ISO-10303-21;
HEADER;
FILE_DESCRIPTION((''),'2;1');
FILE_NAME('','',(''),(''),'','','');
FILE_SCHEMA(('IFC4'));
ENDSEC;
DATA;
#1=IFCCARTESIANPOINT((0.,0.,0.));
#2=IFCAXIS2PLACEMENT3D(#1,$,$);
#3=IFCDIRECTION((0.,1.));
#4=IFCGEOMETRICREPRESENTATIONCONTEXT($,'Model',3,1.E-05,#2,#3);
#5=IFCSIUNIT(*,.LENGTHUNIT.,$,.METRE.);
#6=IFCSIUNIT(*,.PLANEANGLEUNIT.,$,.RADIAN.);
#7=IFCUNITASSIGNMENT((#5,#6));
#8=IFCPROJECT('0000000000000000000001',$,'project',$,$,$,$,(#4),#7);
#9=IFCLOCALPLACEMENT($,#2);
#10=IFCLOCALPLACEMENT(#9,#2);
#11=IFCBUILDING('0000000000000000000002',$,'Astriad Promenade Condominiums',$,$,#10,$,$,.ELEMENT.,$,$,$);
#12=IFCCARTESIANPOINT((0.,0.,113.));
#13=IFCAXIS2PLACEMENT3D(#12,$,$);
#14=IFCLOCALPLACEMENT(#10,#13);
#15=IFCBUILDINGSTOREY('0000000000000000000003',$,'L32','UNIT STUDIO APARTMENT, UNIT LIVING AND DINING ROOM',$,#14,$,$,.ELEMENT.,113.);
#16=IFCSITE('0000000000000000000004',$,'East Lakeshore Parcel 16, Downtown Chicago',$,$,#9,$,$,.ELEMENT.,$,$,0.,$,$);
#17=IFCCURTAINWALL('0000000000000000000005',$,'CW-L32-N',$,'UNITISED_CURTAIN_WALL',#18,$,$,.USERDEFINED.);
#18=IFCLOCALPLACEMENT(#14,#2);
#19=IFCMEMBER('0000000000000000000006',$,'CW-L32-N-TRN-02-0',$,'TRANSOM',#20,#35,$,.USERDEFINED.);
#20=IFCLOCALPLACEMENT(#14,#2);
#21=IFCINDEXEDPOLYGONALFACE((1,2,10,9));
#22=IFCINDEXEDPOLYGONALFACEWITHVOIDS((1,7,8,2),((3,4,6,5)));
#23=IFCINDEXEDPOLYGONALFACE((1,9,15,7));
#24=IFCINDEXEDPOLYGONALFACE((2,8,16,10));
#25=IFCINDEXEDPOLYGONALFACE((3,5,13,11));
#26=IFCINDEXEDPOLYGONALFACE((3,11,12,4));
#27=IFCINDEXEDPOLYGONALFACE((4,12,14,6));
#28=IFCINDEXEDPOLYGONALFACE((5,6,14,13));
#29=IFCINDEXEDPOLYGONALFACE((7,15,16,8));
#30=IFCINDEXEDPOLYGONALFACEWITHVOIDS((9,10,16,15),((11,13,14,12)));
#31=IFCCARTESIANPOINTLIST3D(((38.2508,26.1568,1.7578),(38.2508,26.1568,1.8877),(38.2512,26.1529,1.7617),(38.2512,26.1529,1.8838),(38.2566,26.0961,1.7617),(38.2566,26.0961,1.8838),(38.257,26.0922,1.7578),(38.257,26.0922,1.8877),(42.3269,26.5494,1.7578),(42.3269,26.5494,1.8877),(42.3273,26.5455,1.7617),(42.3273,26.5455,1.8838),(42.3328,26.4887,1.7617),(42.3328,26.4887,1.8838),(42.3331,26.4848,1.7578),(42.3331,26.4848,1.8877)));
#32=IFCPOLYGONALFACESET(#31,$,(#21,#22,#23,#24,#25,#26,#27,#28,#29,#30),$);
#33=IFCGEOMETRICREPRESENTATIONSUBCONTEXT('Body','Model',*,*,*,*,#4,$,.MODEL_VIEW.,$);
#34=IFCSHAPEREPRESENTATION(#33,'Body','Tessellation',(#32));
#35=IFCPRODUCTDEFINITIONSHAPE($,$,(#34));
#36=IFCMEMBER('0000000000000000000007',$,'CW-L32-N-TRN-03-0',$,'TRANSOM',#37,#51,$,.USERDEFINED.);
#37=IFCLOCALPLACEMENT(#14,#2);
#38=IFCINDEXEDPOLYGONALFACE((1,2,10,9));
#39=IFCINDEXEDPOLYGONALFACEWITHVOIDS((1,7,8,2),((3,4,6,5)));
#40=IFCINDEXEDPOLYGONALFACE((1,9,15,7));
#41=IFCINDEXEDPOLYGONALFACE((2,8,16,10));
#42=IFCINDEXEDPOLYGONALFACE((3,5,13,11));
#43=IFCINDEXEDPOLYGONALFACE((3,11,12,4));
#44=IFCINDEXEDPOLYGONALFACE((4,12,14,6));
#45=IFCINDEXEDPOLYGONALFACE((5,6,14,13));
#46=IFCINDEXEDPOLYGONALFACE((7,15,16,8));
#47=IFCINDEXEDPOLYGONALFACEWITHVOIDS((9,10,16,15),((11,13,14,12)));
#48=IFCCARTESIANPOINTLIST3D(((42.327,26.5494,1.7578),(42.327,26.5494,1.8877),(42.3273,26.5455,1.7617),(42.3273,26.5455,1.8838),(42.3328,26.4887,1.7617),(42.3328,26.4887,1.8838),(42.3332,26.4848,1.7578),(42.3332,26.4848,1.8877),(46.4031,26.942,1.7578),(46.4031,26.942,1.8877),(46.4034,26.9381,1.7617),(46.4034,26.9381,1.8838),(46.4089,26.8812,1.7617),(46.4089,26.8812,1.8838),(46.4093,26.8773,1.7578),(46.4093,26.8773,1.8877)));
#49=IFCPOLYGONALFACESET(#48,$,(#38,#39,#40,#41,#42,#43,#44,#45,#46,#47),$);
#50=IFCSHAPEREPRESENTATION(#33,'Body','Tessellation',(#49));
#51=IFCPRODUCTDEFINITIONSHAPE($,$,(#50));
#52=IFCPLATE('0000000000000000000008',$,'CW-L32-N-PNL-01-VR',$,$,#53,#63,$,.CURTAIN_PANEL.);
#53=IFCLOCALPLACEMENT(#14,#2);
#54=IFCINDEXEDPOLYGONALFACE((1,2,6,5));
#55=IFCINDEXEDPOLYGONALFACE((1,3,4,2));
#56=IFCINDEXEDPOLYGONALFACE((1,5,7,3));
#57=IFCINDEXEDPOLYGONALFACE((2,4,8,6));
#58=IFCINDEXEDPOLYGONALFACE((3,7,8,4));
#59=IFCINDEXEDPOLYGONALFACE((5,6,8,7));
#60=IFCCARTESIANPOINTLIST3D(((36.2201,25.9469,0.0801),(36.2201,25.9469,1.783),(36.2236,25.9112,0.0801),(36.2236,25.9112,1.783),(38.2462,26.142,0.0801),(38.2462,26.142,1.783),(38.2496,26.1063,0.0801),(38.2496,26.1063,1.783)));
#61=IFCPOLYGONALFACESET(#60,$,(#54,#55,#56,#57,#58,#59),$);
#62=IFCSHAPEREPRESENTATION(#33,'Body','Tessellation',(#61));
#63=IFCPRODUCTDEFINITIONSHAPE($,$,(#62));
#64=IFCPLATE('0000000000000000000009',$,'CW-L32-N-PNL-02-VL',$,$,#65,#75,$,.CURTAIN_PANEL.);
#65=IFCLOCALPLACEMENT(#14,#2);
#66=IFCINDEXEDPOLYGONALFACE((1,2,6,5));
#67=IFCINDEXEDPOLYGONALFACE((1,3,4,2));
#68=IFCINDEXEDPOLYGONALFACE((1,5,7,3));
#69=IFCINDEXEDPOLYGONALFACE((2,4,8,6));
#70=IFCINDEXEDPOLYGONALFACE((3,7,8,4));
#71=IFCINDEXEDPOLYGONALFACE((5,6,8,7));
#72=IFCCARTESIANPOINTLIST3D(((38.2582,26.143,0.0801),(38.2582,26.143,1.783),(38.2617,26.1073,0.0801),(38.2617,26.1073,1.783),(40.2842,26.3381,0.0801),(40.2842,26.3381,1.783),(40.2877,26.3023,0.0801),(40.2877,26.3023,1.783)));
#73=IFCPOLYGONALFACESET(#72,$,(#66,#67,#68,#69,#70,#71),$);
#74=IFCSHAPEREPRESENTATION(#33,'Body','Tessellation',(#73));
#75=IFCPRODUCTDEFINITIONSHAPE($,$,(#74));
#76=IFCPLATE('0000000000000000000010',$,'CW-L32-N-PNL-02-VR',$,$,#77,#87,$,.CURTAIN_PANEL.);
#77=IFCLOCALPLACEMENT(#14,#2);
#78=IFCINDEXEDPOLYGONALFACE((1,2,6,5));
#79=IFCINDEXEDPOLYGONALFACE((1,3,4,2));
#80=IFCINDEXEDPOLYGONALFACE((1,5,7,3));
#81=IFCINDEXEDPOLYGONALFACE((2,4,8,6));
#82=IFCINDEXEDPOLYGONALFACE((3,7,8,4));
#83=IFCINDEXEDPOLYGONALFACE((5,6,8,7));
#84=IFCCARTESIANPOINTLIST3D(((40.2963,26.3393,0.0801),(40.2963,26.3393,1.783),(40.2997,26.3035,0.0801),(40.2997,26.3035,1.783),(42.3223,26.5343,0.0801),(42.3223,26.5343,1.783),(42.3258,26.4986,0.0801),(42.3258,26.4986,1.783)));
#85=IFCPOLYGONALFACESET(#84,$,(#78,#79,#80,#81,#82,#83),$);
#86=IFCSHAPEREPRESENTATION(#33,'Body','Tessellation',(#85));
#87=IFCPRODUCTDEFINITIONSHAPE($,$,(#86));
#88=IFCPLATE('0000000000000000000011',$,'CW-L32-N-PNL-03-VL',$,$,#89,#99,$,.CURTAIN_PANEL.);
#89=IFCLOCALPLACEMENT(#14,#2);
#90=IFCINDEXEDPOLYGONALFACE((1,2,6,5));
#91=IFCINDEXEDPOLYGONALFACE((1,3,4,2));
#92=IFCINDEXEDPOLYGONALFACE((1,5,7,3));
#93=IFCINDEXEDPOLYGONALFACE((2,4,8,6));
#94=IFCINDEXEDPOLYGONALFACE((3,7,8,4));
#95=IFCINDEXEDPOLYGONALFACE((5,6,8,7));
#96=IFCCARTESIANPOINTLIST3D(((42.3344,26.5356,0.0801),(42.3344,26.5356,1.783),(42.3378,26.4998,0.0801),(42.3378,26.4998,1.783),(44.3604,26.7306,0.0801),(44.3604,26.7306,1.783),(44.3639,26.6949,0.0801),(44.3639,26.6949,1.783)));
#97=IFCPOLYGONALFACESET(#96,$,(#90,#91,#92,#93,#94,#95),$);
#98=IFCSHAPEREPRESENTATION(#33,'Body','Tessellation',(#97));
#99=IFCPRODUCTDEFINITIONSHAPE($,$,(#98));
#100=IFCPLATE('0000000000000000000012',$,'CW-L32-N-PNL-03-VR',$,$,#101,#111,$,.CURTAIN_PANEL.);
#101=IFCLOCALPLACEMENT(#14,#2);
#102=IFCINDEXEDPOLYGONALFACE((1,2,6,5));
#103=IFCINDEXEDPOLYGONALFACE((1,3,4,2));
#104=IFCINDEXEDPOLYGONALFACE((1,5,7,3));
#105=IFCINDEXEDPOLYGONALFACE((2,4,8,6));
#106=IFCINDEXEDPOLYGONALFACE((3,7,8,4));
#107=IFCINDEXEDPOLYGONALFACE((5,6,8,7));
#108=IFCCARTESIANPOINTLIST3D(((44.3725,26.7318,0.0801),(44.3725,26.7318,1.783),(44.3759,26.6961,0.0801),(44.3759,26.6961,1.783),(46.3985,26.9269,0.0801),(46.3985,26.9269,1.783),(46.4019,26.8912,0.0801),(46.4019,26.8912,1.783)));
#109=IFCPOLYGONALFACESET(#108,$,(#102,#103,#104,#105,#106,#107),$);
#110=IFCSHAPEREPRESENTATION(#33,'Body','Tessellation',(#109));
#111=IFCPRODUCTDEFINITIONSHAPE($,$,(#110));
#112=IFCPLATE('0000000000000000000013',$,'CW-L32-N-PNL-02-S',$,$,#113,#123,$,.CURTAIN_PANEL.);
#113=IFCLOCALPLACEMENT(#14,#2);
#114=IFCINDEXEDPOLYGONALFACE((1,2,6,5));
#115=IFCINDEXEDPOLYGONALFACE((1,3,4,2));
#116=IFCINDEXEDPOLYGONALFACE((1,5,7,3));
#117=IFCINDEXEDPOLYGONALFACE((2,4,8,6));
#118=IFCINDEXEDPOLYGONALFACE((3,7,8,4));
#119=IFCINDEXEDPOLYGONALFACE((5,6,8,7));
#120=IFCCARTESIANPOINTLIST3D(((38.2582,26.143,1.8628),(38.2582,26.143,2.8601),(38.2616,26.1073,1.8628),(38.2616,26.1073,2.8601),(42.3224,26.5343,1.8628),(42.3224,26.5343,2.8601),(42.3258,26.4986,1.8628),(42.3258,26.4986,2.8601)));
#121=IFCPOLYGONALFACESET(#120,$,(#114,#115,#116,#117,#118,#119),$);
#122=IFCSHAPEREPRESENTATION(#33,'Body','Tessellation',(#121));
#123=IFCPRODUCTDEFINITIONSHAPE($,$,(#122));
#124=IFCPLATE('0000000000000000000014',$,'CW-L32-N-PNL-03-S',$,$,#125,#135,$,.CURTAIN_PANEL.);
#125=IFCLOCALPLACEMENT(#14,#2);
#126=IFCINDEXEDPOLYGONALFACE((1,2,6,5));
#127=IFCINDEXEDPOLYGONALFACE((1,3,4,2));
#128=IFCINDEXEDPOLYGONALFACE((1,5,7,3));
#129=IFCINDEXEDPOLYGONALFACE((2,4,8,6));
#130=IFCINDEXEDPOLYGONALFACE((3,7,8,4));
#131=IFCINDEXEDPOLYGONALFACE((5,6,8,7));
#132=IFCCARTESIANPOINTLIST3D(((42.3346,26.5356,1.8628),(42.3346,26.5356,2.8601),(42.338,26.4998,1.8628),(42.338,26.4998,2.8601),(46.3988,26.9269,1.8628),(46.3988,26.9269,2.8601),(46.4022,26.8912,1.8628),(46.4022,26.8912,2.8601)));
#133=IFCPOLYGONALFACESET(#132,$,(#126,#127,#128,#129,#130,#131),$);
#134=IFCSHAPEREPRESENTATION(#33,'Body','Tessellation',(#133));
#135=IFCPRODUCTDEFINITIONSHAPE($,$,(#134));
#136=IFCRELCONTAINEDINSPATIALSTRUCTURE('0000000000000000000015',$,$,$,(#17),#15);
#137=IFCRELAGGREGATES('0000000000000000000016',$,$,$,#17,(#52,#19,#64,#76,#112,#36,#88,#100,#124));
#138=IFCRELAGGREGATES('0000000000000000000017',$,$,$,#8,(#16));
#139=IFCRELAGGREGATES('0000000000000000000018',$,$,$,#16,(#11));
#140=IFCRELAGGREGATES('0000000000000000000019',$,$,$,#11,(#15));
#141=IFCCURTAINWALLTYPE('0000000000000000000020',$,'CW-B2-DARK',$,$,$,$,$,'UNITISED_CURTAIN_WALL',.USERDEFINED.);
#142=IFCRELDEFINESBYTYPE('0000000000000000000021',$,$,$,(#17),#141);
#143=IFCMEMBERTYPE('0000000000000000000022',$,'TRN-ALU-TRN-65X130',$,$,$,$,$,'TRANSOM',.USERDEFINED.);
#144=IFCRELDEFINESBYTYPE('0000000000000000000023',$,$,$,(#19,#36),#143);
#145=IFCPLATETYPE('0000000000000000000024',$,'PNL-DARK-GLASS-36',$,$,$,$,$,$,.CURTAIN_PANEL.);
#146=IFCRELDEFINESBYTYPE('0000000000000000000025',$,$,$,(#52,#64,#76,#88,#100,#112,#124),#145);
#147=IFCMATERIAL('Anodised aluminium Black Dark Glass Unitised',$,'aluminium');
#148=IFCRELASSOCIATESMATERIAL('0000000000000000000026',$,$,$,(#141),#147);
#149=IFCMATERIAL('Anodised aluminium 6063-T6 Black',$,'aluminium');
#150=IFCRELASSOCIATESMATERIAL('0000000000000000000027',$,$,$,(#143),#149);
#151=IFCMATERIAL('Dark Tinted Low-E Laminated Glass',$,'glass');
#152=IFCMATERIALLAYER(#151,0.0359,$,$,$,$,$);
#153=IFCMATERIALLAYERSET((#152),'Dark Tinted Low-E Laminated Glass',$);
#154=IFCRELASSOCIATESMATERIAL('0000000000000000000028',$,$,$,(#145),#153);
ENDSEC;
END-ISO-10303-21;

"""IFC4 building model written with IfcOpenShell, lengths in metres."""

from ifc_helpers import new_model, si_unit, direction, frame, origin, origin_2d, place, context, subcontext, project, spatial, rectangle, hollow_rectangle, extrude, source, transform, mapped, material, layer, layer_set, material_profile, profile_set, type_object, type_shapes, element, aggregate, save


model = new_model("IFC4")

# Units and contexts
model_context = context("Model", 3, precision=1e-05, world=origin(), true_north=direction((0.0, 1.0)))
body_context = subcontext(model_context, "Body", "Model", "MODEL_VIEW")
ifc_project = project(units=[si_unit("LENGTHUNIT", "METRE"), si_unit("PLANEANGLEUNIT", "RADIAN")], contexts=[model_context])

# Site, building, storey
site_placement = place(None, origin())
site = spatial("IfcSite", under=ifc_project, at=site_placement, Name="East Lakeshore Parcel 16, Downtown Chicago", CompositionType="ELEMENT", RefElevation=0.0)
building_placement = place(site_placement, origin())
building = spatial("IfcBuilding", under=site, at=building_placement, Name="Astriad Promenade Condominiums", CompositionType="ELEMENT")
storey_placement = place(building_placement, frame((0.0, 0.0, 113.0)))
storey = spatial("IfcBuildingStorey", under=building, at=storey_placement, Name="L32", Description="UNIT STUDIO APARTMENT, UNIT LIVING AND DINING ROOM", CompositionType="ELEMENT", Elevation=113.0)

# Curtain wall, members, plates
ifc_material_1 = material(Name="Anodised aluminium Black Dark Glass Unitised", Category="aluminium")
curtain_wall_type = type_object("IfcCurtainWallType", Name="CW-B2-DARK", ElementType="UNITISED_CURTAIN_WALL", PredefinedType="USERDEFINED", material=ifc_material_1)
curtain_wall_placement = place(storey_placement, origin())
curtain_wall = element("IfcCurtainWall", 1, at=curtain_wall_placement, inside=storey, type_object=curtain_wall_type, Name="CW-L32-N", ObjectType="UNITISED_CURTAIN_WALL", PredefinedType="USERDEFINED")
ifc_material_2 = material(Name="Anodised aluminium 6063-T6 Black", Category="aluminium")
ifc_material_profile_1 = material_profile(ifc_material_2, hollow_rectangle(XDim=0.0649, YDim=0.1299, WallThickness=0.0039, at=origin_2d()), Name="ALU-TRN-65X130")
ifc_profile_set_1 = profile_set([ifc_material_profile_1], Name="Anodised aluminium 6063-T6 Black")
member_type_1 = type_object("IfcMemberType", Name="TRN-ALU-TRN-65X130", ElementType="TRANSOM", PredefinedType="USERDEFINED", material=ifc_profile_set_1)
shared_shape_1 = source(origin(), body_context, "Body", "SweptSolid", [
    extrude(hollow_rectangle(XDim=0.0649, YDim=0.1299, WallThickness=0.0039, at=origin_2d()), origin(), (0.0, 0.0, 1.0), 4.095),
])
type_shapes(member_type_1, [shared_shape_1])
member_1_placement = place(storey_placement, frame((38.2539, 26.1245, 1.8228), z_axis=(0.995394, 0.095867, 0.0), x_axis=(-0.095867, 0.995394, 0.0)))
member_1 = element("IfcMember", 2, at=member_1_placement, type_object=member_type_1, Name="CW-L32-N-TRN-02-0", ObjectType="TRANSOM", PredefinedType="USERDEFINED", context=body_context, shape_type="MappedRepresentation", body=[
    mapped(shared_shape_1, transform((0.0, 0.0, 0.0), scale=1.0)),
])
member_2_placement = place(storey_placement, frame((42.3301, 26.5171, 1.8228), z_axis=(0.995394, 0.095867, 0.0), x_axis=(-0.095867, 0.995394, 0.0)))
member_2 = element("IfcMember", 3, at=member_2_placement, type_object=member_type_1, Name="CW-L32-N-TRN-03-0", ObjectType="TRANSOM", PredefinedType="USERDEFINED", context=body_context, shape_type="MappedRepresentation", body=[
    mapped(shared_shape_1, transform((0.0, 0.0, 0.0), scale=1.0)),
])
ifc_material_3 = material(Name="Dark Tinted Low-E Laminated Glass", Category="glass")
ifc_layer_1 = layer(ifc_material_3, 0.0359)
ifc_layer_set_1 = layer_set([ifc_layer_1], Name="Dark Tinted Low-E Laminated Glass")
plate_type = type_object("IfcPlateType", Name="PNL-DARK-GLASS-36", PredefinedType="CURTAIN_PANEL", material=ifc_layer_set_1)
shared_shape_2 = source(origin(), body_context, "Body", "SweptSolid", [
    extrude(rectangle(XDim=2.0354, YDim=0.0359, at=origin_2d()), origin(), (0.0, 0.0, 1.0), 1.7029),
])
plate_1_placement = place(storey_placement, frame((37.2349, 26.0266, 0.0801), z_axis=(0.0, 0.0, 1.0), x_axis=(0.995396, 0.095846, 0.0)))
plate_1 = element("IfcPlate", 4, at=plate_1_placement, type_object=plate_type, Name="CW-L32-N-PNL-01-VR", PredefinedType="CURTAIN_PANEL", context=body_context, shape_type="MappedRepresentation", body=[
    mapped(shared_shape_2, transform((0.0, 0.0, 0.0), scale=1.0)),
])
plate_2_placement = place(storey_placement, frame((39.2729, 26.2227, 0.0801), z_axis=(0.0, 0.0, 1.0), x_axis=(0.995396, 0.095846, 0.0)))
plate_2 = element("IfcPlate", 5, at=plate_2_placement, type_object=plate_type, Name="CW-L32-N-PNL-02-VL", PredefinedType="CURTAIN_PANEL", context=body_context, shape_type="MappedRepresentation", body=[
    mapped(shared_shape_2, transform((0.0, 0.0, 0.0), scale=1.0)),
])
plate_3_placement = place(storey_placement, frame((41.311, 26.4189, 0.0801), z_axis=(0.0, 0.0, 1.0), x_axis=(0.995396, 0.095846, 0.0)))
plate_3 = element("IfcPlate", 6, at=plate_3_placement, type_object=plate_type, Name="CW-L32-N-PNL-02-VR", PredefinedType="CURTAIN_PANEL", context=body_context, shape_type="MappedRepresentation", body=[
    mapped(shared_shape_2, transform((0.0, 0.0, 0.0), scale=1.0)),
])
plate_4_placement = place(storey_placement, frame((43.3491, 26.6152, 0.0801), z_axis=(0.0, 0.0, 1.0), x_axis=(0.995396, 0.095846, 0.0)))
plate_4 = element("IfcPlate", 7, at=plate_4_placement, type_object=plate_type, Name="CW-L32-N-PNL-03-VL", PredefinedType="CURTAIN_PANEL", context=body_context, shape_type="MappedRepresentation", body=[
    mapped(shared_shape_2, transform((0.0, 0.0, 0.0), scale=1.0)),
])
plate_5_placement = place(storey_placement, frame((45.3872, 26.8115, 0.0801), z_axis=(0.0, 0.0, 1.0), x_axis=(0.995396, 0.095846, 0.0)))
plate_5 = element("IfcPlate", 8, at=plate_5_placement, type_object=plate_type, Name="CW-L32-N-PNL-03-VR", PredefinedType="CURTAIN_PANEL", context=body_context, shape_type="MappedRepresentation", body=[
    mapped(shared_shape_2, transform((0.0, 0.0, 0.0), scale=1.0)),
])
shared_shape_3 = source(origin(), body_context, "Body", "SweptSolid", [
    extrude(rectangle(XDim=4.083, YDim=0.0359, at=origin_2d()), origin(), (0.0, 0.0, 1.0), 0.9973),
])
type_shapes(plate_type, [shared_shape_2, shared_shape_3])
plate_6_placement = place(storey_placement, frame((40.292, 26.3208, 1.8628), z_axis=(0.0, 0.0, 1.0), x_axis=(0.995396, 0.095846, 0.0)))
plate_6 = element("IfcPlate", 9, at=plate_6_placement, type_object=plate_type, Name="CW-L32-N-PNL-02-S", PredefinedType="CURTAIN_PANEL", context=body_context, shape_type="MappedRepresentation", body=[
    mapped(shared_shape_3, transform((0.0, 0.0, 0.0), scale=1.0)),
])
plate_7_placement = place(storey_placement, frame((44.3684, 26.7134, 1.8628), z_axis=(0.0, 0.0, 1.0), x_axis=(0.995396, 0.095846, 0.0)))
plate_7 = element("IfcPlate", 10, at=plate_7_placement, type_object=plate_type, Name="CW-L32-N-PNL-03-S", PredefinedType="CURTAIN_PANEL", context=body_context, shape_type="MappedRepresentation", body=[
    mapped(shared_shape_3, transform((0.0, 0.0, 0.0), scale=1.0)),
])
aggregate(curtain_wall, [plate_1, member_1, plate_2, plate_3, plate_6, member_2, plate_4, plate_5, plate_7])

save(model, "model.ifc")
